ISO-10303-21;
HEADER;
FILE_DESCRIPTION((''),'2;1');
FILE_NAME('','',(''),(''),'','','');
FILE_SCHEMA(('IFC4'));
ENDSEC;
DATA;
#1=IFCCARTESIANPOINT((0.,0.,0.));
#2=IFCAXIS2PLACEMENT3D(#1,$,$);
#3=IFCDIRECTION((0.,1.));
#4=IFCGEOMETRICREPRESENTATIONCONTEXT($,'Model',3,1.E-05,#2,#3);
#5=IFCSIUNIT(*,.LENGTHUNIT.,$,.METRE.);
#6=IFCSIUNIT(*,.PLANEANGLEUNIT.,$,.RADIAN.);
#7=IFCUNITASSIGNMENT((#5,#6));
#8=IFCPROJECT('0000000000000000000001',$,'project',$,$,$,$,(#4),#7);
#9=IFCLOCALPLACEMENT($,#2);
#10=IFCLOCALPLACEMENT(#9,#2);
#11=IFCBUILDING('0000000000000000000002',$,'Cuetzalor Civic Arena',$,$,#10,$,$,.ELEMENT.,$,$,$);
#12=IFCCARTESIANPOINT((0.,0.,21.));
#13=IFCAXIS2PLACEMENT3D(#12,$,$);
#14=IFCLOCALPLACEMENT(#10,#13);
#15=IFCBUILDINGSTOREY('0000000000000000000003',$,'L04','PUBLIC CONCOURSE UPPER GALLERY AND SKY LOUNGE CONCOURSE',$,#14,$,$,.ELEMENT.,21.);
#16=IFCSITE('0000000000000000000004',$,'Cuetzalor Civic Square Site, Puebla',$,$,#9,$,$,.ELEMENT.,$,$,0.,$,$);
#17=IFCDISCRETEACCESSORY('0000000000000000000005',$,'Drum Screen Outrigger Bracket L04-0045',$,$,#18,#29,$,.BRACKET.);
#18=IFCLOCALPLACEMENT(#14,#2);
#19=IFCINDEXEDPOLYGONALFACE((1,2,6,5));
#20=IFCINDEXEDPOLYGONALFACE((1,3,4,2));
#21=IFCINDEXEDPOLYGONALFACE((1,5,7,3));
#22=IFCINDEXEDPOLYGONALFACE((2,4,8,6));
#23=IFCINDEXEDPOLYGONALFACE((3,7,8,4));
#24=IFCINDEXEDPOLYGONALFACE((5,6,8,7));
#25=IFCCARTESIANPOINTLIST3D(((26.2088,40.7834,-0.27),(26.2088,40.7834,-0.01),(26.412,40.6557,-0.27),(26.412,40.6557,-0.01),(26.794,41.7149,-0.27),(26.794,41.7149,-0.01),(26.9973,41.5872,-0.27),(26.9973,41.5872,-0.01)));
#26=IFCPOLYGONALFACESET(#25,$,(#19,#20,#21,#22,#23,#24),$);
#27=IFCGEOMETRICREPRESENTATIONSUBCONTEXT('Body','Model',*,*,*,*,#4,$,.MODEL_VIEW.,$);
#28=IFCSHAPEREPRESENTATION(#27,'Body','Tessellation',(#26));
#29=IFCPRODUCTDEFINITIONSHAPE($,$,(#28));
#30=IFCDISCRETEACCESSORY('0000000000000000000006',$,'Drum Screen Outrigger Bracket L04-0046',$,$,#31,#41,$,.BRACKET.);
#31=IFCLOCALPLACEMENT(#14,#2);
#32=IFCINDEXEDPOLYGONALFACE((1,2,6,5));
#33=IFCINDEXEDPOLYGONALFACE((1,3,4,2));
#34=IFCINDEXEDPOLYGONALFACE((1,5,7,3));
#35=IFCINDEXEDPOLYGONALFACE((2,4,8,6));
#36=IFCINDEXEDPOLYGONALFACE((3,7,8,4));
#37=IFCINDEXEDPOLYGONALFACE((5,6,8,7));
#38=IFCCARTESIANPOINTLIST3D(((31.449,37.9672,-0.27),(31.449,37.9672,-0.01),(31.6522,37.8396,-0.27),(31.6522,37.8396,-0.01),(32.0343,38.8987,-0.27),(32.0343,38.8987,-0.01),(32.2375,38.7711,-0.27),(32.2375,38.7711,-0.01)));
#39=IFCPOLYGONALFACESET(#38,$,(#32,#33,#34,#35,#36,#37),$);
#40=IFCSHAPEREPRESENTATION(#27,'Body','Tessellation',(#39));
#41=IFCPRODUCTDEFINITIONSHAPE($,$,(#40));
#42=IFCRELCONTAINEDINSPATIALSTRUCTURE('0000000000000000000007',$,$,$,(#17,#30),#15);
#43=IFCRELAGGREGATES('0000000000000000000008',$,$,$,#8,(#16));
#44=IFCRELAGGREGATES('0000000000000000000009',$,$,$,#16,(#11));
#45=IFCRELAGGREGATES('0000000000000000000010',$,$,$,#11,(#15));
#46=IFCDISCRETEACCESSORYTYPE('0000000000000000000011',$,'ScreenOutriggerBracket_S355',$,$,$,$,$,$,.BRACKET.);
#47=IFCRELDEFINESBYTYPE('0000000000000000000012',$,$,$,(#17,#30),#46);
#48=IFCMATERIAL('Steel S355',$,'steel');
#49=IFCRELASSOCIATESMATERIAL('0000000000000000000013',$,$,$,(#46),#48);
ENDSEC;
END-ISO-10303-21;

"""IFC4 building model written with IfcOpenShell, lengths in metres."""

from ifc_helpers import new_model, si_unit, direction, frame, origin, origin_2d, place, context, subcontext, project, spatial, rectangle, extrude, material, type_object, element, save


model = new_model("IFC4")

# Units and contexts
model_context = context("Model", 3, precision=1e-05, world=origin(), true_north=direction((0.0, 1.0)))
body_context = subcontext(model_context, "Body", "Model", "MODEL_VIEW")
ifc_project = project(units=[si_unit("LENGTHUNIT", "METRE"), si_unit("PLANEANGLEUNIT", "RADIAN")], contexts=[model_context])

# Site, building, storey
site_placement = place(None, origin())
site = spatial("IfcSite", under=ifc_project, at=site_placement, Name="Cuetzalor Civic Square Site, Puebla", CompositionType="ELEMENT", RefElevation=0.0)
building_placement = place(site_placement, origin())
building = spatial("IfcBuilding", under=site, at=building_placement, Name="Cuetzalor Civic Arena", CompositionType="ELEMENT")
storey_placement = place(building_placement, frame((0.0, 0.0, 21.0)))
storey = spatial("IfcBuildingStorey", under=building, at=storey_placement, Name="L04", Description="PUBLIC CONCOURSE UPPER GALLERY AND SKY LOUNGE CONCOURSE", CompositionType="ELEMENT", Elevation=21.0)

# Discrete accessories
ifc_material_1 = material(Name="Steel S355", Category="steel")
discrete_accessory_type = type_object("IfcDiscreteAccessoryType", Name="ScreenOutriggerBracket_S355", PredefinedType="BRACKET", material=ifc_material_1)
for number, where, z_axis, x_axis, name in (
    (1, (26.603, 41.1853, -0.27), (0.0, 0.0, 1.0), (0.53199, 0.846751, 0.0), "Drum Screen Outrigger Bracket L04-0045"),
    (2, (31.8433, 38.3691, -0.27), (0.0, 0.0, 1.0), (0.53199, 0.846751, 0.0), "Drum Screen Outrigger Bracket L04-0046"),
):
    element("IfcDiscreteAccessory", number, at=place(storey_placement, frame(where, z_axis=z_axis, x_axis=x_axis)), inside=storey, type_object=discrete_accessory_type, Name=name, PredefinedType="BRACKET", context=body_context, shape_type="SweptSolid", body=[
        extrude(rectangle(XDim=1.1001, YDim=0.24, at=origin_2d()), origin(), (0.0, 0.0, 1.0), 0.26),
    ])

save(model, "model.ifc")
